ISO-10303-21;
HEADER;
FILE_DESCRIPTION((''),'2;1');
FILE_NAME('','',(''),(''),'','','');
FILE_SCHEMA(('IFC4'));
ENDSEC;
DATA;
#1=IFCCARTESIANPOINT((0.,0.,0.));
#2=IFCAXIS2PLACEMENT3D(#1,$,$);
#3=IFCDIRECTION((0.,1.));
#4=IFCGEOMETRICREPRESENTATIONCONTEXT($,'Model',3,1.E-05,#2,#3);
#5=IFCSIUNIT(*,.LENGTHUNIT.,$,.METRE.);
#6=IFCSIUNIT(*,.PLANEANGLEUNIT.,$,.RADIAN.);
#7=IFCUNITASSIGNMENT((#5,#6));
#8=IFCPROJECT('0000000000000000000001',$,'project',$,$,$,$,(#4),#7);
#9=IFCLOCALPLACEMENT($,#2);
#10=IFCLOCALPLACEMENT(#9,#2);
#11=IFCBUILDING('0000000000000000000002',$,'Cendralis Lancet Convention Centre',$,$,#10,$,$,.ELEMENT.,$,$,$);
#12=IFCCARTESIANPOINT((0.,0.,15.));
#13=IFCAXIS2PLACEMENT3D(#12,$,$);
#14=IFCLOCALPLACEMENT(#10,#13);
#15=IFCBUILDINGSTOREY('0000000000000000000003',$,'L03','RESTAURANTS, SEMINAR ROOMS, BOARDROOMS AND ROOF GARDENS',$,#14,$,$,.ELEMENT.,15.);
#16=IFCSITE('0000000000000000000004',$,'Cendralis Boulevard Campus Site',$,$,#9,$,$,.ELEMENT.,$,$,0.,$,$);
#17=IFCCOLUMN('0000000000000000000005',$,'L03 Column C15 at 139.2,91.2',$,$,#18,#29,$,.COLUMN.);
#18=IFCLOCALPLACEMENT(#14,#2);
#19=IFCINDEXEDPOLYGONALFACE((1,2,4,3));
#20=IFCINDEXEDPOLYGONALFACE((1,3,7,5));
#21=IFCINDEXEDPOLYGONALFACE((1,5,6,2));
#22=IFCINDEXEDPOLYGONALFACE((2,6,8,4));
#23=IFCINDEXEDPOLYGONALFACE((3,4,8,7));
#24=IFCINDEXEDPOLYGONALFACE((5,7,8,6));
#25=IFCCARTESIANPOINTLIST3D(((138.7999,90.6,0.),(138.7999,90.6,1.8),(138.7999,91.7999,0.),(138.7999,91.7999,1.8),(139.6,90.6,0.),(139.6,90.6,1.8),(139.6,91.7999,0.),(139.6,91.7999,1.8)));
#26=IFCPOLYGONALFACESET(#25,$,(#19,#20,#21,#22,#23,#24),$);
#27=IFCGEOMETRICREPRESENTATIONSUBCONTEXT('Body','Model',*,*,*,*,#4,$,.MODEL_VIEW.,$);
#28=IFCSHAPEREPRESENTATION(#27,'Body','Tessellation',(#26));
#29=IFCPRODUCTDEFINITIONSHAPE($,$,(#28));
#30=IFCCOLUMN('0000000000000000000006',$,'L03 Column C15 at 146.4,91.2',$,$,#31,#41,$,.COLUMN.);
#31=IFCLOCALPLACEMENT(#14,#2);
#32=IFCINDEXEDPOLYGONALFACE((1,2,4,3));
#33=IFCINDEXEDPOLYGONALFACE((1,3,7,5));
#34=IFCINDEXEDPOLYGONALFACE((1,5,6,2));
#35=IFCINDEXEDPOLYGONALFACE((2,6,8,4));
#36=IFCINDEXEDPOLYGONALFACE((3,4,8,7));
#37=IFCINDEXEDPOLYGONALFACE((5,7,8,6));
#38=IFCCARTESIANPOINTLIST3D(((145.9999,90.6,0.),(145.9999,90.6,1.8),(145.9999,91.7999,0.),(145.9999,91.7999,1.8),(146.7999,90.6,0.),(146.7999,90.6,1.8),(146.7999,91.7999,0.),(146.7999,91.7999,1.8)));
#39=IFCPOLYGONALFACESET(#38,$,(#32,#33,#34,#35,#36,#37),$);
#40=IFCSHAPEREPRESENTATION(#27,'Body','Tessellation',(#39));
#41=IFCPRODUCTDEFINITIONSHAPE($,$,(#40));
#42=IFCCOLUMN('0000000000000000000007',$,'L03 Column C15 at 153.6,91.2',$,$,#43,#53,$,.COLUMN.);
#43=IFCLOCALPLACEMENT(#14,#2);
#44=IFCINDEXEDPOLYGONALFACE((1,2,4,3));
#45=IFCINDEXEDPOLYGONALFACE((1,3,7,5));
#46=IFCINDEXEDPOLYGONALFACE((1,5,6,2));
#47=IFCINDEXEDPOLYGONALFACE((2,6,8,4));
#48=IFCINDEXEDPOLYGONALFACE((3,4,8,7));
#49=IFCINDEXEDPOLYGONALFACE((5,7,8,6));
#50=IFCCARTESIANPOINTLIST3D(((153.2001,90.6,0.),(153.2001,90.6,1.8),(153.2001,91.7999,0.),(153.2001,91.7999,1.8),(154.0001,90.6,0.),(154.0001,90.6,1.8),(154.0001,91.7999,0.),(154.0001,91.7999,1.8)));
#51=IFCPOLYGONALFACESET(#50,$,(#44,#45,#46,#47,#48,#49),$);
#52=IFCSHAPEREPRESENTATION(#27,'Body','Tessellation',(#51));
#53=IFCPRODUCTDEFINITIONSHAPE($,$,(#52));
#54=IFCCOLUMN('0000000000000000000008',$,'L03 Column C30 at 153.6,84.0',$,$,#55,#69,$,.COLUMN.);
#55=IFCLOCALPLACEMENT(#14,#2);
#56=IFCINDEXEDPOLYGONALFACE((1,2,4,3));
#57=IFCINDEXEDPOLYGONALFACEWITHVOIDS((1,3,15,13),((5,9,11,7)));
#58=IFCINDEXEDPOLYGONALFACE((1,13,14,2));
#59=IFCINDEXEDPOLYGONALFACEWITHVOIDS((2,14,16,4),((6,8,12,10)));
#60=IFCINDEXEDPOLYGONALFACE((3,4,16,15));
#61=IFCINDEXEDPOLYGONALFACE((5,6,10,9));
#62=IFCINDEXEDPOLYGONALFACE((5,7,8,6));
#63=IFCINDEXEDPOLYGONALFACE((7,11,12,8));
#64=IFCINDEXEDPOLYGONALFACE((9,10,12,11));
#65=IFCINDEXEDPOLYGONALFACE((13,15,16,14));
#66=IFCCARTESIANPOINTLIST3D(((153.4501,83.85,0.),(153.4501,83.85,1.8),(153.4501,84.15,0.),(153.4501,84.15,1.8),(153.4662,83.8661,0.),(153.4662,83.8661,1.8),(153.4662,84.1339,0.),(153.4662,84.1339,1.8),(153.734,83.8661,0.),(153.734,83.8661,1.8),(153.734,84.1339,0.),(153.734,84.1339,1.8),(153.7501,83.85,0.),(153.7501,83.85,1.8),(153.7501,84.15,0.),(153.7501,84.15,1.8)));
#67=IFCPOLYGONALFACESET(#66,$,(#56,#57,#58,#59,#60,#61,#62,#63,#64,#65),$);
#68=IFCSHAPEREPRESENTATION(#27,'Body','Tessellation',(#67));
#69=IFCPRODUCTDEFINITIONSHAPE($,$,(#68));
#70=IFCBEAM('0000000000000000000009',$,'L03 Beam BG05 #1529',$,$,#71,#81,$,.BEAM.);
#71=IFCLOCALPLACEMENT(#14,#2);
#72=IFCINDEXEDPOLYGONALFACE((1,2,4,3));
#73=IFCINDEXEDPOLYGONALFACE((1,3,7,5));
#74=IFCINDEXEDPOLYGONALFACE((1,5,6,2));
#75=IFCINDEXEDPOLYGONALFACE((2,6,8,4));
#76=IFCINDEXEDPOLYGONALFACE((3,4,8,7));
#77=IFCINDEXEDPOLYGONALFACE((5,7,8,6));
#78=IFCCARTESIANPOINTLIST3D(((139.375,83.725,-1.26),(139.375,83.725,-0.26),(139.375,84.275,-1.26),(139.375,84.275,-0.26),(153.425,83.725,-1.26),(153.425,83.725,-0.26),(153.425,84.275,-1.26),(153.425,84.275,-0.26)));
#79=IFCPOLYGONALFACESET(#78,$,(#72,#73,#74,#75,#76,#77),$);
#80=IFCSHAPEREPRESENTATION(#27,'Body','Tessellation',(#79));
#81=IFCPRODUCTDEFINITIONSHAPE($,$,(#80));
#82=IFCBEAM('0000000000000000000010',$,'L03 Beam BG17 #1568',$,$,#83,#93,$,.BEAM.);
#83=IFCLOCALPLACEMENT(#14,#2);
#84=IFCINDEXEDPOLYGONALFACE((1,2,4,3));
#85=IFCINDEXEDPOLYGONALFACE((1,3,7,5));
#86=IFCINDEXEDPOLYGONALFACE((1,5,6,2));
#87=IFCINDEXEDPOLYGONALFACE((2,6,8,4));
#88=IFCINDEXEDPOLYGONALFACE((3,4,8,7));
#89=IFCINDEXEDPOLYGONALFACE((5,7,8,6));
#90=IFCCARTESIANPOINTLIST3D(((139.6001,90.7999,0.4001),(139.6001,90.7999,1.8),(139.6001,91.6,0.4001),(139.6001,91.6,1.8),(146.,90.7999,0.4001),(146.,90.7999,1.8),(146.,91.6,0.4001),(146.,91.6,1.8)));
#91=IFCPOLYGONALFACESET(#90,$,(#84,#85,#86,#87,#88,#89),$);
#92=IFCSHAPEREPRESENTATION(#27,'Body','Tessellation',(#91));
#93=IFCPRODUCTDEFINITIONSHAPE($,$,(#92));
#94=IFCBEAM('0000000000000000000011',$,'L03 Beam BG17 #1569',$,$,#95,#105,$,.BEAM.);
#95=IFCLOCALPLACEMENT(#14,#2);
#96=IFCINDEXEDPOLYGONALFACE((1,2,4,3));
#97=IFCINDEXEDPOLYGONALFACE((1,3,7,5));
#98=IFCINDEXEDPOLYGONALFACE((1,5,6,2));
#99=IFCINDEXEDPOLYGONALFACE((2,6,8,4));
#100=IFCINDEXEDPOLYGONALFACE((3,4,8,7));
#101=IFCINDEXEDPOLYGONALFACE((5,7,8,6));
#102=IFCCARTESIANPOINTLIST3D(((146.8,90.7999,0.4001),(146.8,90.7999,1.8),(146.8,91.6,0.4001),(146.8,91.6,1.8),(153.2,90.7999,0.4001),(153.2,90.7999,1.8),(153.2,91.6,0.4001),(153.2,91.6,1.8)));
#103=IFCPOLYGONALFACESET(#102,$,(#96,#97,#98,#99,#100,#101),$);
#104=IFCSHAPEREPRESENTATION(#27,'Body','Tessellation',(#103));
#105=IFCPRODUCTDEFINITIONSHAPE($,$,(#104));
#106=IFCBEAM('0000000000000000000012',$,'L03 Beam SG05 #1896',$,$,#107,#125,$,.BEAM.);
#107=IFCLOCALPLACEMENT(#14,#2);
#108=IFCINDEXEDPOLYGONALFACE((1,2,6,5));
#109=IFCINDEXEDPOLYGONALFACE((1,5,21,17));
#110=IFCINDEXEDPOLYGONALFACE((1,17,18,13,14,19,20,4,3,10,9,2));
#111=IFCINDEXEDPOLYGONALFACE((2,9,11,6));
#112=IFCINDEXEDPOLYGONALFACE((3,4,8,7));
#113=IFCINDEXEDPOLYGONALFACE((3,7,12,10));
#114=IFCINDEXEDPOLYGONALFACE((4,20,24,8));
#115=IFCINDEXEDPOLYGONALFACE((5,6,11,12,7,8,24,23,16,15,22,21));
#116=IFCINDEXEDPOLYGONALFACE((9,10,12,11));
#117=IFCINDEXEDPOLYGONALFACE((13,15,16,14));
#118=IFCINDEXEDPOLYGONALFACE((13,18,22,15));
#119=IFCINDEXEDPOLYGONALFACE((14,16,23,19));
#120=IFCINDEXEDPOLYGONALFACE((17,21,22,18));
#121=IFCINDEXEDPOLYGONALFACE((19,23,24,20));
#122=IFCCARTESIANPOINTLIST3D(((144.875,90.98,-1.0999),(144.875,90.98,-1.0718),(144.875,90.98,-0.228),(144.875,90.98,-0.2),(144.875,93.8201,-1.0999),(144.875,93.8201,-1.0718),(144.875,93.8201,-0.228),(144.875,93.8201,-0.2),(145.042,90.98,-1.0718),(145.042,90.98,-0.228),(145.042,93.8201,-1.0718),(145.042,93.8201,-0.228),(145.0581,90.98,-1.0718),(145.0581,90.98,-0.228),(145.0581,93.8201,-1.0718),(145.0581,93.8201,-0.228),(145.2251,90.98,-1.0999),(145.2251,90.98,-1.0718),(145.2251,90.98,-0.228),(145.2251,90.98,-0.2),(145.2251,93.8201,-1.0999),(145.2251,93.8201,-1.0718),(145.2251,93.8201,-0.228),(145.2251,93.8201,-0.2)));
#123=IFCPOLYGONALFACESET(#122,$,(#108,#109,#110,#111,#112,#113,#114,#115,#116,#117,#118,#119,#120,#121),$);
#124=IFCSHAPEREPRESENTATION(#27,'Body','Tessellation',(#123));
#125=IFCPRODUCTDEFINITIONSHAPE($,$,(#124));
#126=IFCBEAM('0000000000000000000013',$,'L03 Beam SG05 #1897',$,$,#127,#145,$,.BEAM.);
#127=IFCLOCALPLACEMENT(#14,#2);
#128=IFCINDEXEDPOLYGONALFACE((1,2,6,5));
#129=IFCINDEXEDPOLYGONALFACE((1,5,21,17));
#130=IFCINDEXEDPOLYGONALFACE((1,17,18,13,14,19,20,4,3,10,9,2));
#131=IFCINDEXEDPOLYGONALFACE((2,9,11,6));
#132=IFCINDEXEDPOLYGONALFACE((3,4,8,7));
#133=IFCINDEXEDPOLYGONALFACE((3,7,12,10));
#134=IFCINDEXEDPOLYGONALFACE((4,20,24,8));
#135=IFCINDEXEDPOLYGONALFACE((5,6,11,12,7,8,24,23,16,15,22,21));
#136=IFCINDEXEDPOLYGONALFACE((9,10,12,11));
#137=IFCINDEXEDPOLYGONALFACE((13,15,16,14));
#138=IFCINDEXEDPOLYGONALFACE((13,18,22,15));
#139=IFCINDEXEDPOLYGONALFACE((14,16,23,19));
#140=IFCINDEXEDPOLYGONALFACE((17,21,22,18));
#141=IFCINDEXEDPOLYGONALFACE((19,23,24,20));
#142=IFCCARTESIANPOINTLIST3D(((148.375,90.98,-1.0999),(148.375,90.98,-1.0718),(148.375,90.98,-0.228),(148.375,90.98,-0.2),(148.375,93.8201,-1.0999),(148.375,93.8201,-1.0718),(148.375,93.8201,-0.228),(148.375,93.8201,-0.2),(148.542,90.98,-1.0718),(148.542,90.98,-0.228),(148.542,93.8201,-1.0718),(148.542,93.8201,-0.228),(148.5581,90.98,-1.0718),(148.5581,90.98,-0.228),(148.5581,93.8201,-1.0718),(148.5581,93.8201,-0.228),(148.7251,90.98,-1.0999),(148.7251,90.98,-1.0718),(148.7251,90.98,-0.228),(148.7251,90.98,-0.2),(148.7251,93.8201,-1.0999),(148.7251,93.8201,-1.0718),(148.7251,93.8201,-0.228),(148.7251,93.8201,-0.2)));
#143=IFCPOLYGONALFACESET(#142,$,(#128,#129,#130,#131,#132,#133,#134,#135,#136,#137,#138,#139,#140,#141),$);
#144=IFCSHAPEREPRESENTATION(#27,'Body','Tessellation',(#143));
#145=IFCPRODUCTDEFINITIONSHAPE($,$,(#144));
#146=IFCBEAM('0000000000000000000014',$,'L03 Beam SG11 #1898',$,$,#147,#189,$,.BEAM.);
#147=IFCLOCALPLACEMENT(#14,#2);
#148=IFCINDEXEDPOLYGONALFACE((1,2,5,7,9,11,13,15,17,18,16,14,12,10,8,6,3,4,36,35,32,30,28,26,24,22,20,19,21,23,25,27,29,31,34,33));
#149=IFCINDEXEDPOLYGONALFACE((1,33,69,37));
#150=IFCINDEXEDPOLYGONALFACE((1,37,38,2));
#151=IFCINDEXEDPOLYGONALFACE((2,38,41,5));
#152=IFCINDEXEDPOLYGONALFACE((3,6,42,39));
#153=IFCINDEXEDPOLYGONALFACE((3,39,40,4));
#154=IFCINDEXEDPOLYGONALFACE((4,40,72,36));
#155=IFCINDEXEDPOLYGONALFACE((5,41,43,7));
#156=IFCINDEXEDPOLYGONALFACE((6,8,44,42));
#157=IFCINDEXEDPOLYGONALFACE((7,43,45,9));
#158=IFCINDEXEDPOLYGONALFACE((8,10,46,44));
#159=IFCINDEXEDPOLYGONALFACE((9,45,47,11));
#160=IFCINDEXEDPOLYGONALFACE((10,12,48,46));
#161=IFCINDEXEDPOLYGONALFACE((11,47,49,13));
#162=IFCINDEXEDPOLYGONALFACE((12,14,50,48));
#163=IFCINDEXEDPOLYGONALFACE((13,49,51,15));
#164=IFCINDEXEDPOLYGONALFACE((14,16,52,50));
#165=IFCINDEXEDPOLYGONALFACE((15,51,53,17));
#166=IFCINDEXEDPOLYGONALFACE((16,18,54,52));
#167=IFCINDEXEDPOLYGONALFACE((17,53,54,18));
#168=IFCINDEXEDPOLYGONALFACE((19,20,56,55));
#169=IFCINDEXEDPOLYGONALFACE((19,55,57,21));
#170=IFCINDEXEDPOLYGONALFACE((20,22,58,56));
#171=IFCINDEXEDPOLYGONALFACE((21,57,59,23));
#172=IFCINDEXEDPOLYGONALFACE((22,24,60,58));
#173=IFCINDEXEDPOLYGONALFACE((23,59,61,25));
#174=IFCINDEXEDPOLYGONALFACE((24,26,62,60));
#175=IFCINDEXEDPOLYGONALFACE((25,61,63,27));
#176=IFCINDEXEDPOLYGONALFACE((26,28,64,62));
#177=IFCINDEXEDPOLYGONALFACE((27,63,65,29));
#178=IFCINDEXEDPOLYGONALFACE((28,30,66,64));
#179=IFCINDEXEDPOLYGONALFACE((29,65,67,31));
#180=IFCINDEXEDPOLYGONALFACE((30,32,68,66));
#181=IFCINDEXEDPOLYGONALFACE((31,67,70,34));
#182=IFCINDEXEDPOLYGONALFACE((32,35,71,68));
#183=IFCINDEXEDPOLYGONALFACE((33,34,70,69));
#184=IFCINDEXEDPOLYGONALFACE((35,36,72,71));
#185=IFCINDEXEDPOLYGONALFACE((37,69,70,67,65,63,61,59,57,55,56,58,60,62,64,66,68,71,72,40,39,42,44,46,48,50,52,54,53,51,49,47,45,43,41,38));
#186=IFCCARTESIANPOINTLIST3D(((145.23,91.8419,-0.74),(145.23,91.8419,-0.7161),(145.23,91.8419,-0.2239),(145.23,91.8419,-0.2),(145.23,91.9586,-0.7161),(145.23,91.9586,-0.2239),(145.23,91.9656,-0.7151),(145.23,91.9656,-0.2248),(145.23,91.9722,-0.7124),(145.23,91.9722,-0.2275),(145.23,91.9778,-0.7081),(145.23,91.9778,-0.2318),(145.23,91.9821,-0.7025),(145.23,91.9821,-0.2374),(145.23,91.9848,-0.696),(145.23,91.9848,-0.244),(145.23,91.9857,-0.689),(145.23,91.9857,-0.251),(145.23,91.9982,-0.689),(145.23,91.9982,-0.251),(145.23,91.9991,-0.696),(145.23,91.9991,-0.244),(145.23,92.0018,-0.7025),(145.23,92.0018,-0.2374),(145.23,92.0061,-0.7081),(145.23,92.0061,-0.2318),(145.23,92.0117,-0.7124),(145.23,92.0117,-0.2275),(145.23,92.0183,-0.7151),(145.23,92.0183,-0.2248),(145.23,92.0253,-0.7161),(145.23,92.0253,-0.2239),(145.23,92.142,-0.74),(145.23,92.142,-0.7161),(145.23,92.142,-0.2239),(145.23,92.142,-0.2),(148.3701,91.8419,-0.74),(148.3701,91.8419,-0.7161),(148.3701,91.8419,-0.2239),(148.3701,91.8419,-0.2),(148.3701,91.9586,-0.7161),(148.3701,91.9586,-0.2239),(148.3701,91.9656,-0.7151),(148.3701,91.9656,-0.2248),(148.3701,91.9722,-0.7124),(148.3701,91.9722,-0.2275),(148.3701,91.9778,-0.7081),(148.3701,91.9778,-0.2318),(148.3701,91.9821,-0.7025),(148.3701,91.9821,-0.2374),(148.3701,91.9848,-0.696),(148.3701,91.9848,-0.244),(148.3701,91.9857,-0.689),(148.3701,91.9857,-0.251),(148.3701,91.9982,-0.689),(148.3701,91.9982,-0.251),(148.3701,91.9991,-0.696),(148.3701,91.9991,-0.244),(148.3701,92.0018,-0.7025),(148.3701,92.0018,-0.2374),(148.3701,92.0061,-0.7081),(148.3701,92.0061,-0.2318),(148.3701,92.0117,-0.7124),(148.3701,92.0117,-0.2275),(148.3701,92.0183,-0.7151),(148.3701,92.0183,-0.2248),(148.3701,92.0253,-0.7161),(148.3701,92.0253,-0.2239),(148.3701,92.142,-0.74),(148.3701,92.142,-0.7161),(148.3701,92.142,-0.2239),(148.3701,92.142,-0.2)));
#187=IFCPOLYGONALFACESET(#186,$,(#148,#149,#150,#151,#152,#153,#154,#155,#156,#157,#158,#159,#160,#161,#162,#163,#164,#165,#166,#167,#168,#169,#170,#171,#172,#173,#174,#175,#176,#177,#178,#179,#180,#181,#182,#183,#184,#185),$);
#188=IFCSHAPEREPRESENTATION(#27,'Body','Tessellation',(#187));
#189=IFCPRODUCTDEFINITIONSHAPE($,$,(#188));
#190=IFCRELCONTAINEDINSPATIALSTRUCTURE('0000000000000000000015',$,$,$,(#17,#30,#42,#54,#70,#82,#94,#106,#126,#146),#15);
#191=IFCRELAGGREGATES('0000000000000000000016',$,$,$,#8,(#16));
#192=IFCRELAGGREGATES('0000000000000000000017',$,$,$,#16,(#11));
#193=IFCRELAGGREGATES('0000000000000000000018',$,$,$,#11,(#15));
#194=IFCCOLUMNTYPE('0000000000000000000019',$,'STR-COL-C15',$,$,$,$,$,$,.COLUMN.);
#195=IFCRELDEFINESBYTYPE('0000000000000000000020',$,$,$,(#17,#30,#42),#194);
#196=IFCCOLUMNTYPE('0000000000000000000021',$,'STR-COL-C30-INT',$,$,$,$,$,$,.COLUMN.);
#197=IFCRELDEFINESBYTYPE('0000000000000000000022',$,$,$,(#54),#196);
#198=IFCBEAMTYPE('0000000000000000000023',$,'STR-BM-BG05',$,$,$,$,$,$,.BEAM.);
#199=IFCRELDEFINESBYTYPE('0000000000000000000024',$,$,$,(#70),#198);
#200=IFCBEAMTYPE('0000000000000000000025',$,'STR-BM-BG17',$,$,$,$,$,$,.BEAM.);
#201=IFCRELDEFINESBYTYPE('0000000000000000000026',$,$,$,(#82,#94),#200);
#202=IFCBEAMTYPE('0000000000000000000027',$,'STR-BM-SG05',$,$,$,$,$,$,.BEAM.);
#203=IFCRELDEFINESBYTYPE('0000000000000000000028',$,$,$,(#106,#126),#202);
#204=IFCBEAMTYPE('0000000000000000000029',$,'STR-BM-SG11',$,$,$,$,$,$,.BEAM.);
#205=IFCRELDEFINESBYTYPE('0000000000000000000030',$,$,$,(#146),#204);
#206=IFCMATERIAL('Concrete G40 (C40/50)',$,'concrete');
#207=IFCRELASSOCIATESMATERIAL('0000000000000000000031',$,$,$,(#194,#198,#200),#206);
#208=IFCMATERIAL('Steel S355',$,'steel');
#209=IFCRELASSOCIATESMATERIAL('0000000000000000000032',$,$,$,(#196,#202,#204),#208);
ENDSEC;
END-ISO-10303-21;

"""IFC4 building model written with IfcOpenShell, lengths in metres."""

from ifc_helpers import new_model, si_unit, direction, frame, origin, origin_2d, place, context, subcontext, project, spatial, rectangle, hollow_rectangle, i_section, extrude, material, material_profile, profile_set, type_object, element, save


model = new_model("IFC4")

# Units and contexts
model_context = context("Model", 3, precision=1e-05, world=origin(), true_north=direction((0.0, 1.0)))
body_context = subcontext(model_context, "Body", "Model", "MODEL_VIEW")
ifc_project = project(units=[si_unit("LENGTHUNIT", "METRE"), si_unit("PLANEANGLEUNIT", "RADIAN")], contexts=[model_context])

# Site, building, storey
site_placement = place(None, origin())
site = spatial("IfcSite", under=ifc_project, at=site_placement, Name="Cendralis Boulevard Campus Site", CompositionType="ELEMENT", RefElevation=0.0)
building_placement = place(site_placement, origin())
building = spatial("IfcBuilding", under=site, at=building_placement, Name="Cendralis Lancet Convention Centre", CompositionType="ELEMENT")
storey_placement = place(building_placement, frame((0.0, 0.0, 15.0)))
storey = spatial("IfcBuildingStorey", under=building, at=storey_placement, Name="L03", Description="RESTAURANTS, SEMINAR ROOMS, BOARDROOMS AND ROOF GARDENS", CompositionType="ELEMENT", Elevation=15.0)

# Columns
ifc_material_1 = material(Name="Concrete G40 (C40/50)", Category="concrete")
ifc_material_profile_1 = material_profile(ifc_material_1, rectangle(XDim=0.8, YDim=1.2, at=origin_2d()), Name="RC 800x1200")
ifc_profile_set_1 = profile_set([ifc_material_profile_1], Name="Concrete G40 (C40/50)")
column_type_1 = type_object("IfcColumnType", Name="STR-COL-C15", PredefinedType="COLUMN", material=ifc_profile_set_1)
for number, where, z_axis, x_axis, name in (
    (1, (139.2, 91.2, 0.0), (0.0, 0.0, 1.0), (1.0, 0.0, 0.0), "L03 Column C15 at 139.2,91.2"),
    (2, (146.3999, 91.2, 0.0), (0.0, 0.0, 1.0), (1.0, 0.0, 0.0), "L03 Column C15 at 146.4,91.2"),
    (3, (153.6001, 91.2, 0.0), (0.0, 0.0, 1.0), (1.0, 0.0, 0.0), "L03 Column C15 at 153.6,91.2"),
):
    element("IfcColumn", number, at=place(storey_placement, frame(where, z_axis=z_axis, x_axis=x_axis)), inside=storey, type_object=column_type_1, Name=name, PredefinedType="COLUMN", context=body_context, shape_type="SweptSolid", body=[
        extrude(rectangle(XDim=0.8, YDim=1.2, at=origin_2d()), origin(), (0.0, 0.0, 1.0), 1.8),
    ])
ifc_material_2 = material(Name="Steel S355", Category="steel")
ifc_material_profile_2 = material_profile(ifc_material_2, hollow_rectangle(XDim=0.3, YDim=0.3, WallThickness=0.0161, at=origin_2d()), Name="SHS 300x300x16.0")
ifc_profile_set_2 = profile_set([ifc_material_profile_2], Name="Steel S355")
column_type_2 = type_object("IfcColumnType", Name="STR-COL-C30-INT", PredefinedType="COLUMN", material=ifc_profile_set_2)
column_placement = place(storey_placement, frame((153.6001, 84.0, 0.0), z_axis=(0.0, 0.0, 1.0), x_axis=(1.0, 0.0, 0.0)))
element("IfcColumn", 4, at=column_placement, inside=storey, type_object=column_type_2, Name="L03 Column C30 at 153.6,84.0", PredefinedType="COLUMN", context=body_context, shape_type="SweptSolid", body=[
    extrude(hollow_rectangle(XDim=0.3, YDim=0.3, WallThickness=0.0161, at=origin_2d()), origin(), (0.0, 0.0, 1.0), 1.8),
])

# Beams
ifc_material_profile_3 = material_profile(ifc_material_1, rectangle(XDim=0.55, YDim=1.0, at=origin_2d()), Name="RCB 550x1000")
ifc_profile_set_3 = profile_set([ifc_material_profile_3], Name="Concrete G40 (C40/50)")
beam_type_1 = type_object("IfcBeamType", Name="STR-BM-BG05", PredefinedType="BEAM", material=ifc_profile_set_3)
beam_1_placement = place(storey_placement, frame((139.375, 84.0, -0.76), z_axis=(1.0, 0.0, 0.0), x_axis=(0.0, 1.0, 0.0)))
element("IfcBeam", 5, at=beam_1_placement, inside=storey, type_object=beam_type_1, Name="L03 Beam BG05 #1529", PredefinedType="BEAM", context=body_context, shape_type="SweptSolid", body=[
    extrude(rectangle(XDim=0.55, YDim=1.0, at=origin_2d()), origin(), (0.0, 0.0, 1.0), 14.05),
])
ifc_material_profile_4 = material_profile(ifc_material_1, rectangle(XDim=0.8, YDim=1.3999, at=origin_2d()), Name="RCB 800x1400")
ifc_profile_set_4 = profile_set([ifc_material_profile_4], Name="Concrete G40 (C40/50)")
beam_type_2 = type_object("IfcBeamType", Name="STR-BM-BG17", PredefinedType="BEAM", material=ifc_profile_set_4)
for number, where, z_axis, x_axis, name in (
    (6, (139.6001, 91.2, 1.1001), (1.0, 0.0, 0.0), (0.0, 1.0, 0.0), "L03 Beam BG17 #1568"),
    (7, (146.8, 91.2, 1.1001), (1.0, 0.0, 0.0), (0.0, 1.0, 0.0), "L03 Beam BG17 #1569"),
):
    element("IfcBeam", number, at=place(storey_placement, frame(where, z_axis=z_axis, x_axis=x_axis)), inside=storey, type_object=beam_type_2, Name=name, PredefinedType="BEAM", context=body_context, shape_type="SweptSolid", body=[
        extrude(rectangle(XDim=0.8, YDim=1.3999, at=origin_2d()), origin(), (0.0, 0.0, 1.0), 6.3999),
    ])
ifc_material_profile_5 = material_profile(ifc_material_2, i_section(OverallWidth=0.3501, OverallDepth=0.8999, WebThickness=0.0161, FlangeThickness=0.0281, at=origin_2d()), Name="PG 900x350")
ifc_profile_set_5 = profile_set([ifc_material_profile_5], Name="Steel S355")
beam_type_3 = type_object("IfcBeamType", Name="STR-BM-SG05", PredefinedType="BEAM", material=ifc_profile_set_5)
for number, where, z_axis, x_axis, name in (
    (8, (145.05, 90.98, -0.6499), (0.0, 1.0, 0.0), (-1.0, 0.0, 0.0), "L03 Beam SG05 #1896"),
    (9, (148.55, 90.98, -0.6499), (0.0, 1.0, 0.0), (-1.0, 0.0, 0.0), "L03 Beam SG05 #1897"),
):
    element("IfcBeam", number, at=place(storey_placement, frame(where, z_axis=z_axis, x_axis=x_axis)), inside=storey, type_object=beam_type_3, Name=name, PredefinedType="BEAM", context=body_context, shape_type="SweptSolid", body=[
        extrude(i_section(OverallWidth=0.3501, OverallDepth=0.8999, WebThickness=0.0161, FlangeThickness=0.0281, at=origin_2d()), origin(), (0.0, 0.0, 1.0), 2.8401),
    ])
ifc_material_profile_6 = material_profile(ifc_material_2, i_section(OverallWidth=0.3, OverallDepth=0.54, WebThickness=0.0125, FlangeThickness=0.0239, FilletRadius=0.0271, at=origin_2d()), Name="HEA 550")
ifc_profile_set_6 = profile_set([ifc_material_profile_6], Name="Steel S355")
beam_type_4 = type_object("IfcBeamType", Name="STR-BM-SG11", PredefinedType="BEAM", material=ifc_profile_set_6)
for number, where, z_axis, x_axis, name in (
    (10, (145.23, 91.9919, -0.47), (1.0, 0.0, 0.0), (0.0, 1.0, 0.0), "L03 Beam SG11 #1898"),
):
    element("IfcBeam", number, at=place(storey_placement, frame(where, z_axis=z_axis, x_axis=x_axis)), inside=storey, type_object=beam_type_4, Name=name, PredefinedType="BEAM", context=body_context, shape_type="SweptSolid", body=[
        extrude(i_section(OverallWidth=0.3, OverallDepth=0.54, WebThickness=0.0125, FlangeThickness=0.0239, FilletRadius=0.0271, at=origin_2d()), origin(), (0.0, 0.0, 1.0), 3.1401),
    ])

save(model, "model.ifc")
